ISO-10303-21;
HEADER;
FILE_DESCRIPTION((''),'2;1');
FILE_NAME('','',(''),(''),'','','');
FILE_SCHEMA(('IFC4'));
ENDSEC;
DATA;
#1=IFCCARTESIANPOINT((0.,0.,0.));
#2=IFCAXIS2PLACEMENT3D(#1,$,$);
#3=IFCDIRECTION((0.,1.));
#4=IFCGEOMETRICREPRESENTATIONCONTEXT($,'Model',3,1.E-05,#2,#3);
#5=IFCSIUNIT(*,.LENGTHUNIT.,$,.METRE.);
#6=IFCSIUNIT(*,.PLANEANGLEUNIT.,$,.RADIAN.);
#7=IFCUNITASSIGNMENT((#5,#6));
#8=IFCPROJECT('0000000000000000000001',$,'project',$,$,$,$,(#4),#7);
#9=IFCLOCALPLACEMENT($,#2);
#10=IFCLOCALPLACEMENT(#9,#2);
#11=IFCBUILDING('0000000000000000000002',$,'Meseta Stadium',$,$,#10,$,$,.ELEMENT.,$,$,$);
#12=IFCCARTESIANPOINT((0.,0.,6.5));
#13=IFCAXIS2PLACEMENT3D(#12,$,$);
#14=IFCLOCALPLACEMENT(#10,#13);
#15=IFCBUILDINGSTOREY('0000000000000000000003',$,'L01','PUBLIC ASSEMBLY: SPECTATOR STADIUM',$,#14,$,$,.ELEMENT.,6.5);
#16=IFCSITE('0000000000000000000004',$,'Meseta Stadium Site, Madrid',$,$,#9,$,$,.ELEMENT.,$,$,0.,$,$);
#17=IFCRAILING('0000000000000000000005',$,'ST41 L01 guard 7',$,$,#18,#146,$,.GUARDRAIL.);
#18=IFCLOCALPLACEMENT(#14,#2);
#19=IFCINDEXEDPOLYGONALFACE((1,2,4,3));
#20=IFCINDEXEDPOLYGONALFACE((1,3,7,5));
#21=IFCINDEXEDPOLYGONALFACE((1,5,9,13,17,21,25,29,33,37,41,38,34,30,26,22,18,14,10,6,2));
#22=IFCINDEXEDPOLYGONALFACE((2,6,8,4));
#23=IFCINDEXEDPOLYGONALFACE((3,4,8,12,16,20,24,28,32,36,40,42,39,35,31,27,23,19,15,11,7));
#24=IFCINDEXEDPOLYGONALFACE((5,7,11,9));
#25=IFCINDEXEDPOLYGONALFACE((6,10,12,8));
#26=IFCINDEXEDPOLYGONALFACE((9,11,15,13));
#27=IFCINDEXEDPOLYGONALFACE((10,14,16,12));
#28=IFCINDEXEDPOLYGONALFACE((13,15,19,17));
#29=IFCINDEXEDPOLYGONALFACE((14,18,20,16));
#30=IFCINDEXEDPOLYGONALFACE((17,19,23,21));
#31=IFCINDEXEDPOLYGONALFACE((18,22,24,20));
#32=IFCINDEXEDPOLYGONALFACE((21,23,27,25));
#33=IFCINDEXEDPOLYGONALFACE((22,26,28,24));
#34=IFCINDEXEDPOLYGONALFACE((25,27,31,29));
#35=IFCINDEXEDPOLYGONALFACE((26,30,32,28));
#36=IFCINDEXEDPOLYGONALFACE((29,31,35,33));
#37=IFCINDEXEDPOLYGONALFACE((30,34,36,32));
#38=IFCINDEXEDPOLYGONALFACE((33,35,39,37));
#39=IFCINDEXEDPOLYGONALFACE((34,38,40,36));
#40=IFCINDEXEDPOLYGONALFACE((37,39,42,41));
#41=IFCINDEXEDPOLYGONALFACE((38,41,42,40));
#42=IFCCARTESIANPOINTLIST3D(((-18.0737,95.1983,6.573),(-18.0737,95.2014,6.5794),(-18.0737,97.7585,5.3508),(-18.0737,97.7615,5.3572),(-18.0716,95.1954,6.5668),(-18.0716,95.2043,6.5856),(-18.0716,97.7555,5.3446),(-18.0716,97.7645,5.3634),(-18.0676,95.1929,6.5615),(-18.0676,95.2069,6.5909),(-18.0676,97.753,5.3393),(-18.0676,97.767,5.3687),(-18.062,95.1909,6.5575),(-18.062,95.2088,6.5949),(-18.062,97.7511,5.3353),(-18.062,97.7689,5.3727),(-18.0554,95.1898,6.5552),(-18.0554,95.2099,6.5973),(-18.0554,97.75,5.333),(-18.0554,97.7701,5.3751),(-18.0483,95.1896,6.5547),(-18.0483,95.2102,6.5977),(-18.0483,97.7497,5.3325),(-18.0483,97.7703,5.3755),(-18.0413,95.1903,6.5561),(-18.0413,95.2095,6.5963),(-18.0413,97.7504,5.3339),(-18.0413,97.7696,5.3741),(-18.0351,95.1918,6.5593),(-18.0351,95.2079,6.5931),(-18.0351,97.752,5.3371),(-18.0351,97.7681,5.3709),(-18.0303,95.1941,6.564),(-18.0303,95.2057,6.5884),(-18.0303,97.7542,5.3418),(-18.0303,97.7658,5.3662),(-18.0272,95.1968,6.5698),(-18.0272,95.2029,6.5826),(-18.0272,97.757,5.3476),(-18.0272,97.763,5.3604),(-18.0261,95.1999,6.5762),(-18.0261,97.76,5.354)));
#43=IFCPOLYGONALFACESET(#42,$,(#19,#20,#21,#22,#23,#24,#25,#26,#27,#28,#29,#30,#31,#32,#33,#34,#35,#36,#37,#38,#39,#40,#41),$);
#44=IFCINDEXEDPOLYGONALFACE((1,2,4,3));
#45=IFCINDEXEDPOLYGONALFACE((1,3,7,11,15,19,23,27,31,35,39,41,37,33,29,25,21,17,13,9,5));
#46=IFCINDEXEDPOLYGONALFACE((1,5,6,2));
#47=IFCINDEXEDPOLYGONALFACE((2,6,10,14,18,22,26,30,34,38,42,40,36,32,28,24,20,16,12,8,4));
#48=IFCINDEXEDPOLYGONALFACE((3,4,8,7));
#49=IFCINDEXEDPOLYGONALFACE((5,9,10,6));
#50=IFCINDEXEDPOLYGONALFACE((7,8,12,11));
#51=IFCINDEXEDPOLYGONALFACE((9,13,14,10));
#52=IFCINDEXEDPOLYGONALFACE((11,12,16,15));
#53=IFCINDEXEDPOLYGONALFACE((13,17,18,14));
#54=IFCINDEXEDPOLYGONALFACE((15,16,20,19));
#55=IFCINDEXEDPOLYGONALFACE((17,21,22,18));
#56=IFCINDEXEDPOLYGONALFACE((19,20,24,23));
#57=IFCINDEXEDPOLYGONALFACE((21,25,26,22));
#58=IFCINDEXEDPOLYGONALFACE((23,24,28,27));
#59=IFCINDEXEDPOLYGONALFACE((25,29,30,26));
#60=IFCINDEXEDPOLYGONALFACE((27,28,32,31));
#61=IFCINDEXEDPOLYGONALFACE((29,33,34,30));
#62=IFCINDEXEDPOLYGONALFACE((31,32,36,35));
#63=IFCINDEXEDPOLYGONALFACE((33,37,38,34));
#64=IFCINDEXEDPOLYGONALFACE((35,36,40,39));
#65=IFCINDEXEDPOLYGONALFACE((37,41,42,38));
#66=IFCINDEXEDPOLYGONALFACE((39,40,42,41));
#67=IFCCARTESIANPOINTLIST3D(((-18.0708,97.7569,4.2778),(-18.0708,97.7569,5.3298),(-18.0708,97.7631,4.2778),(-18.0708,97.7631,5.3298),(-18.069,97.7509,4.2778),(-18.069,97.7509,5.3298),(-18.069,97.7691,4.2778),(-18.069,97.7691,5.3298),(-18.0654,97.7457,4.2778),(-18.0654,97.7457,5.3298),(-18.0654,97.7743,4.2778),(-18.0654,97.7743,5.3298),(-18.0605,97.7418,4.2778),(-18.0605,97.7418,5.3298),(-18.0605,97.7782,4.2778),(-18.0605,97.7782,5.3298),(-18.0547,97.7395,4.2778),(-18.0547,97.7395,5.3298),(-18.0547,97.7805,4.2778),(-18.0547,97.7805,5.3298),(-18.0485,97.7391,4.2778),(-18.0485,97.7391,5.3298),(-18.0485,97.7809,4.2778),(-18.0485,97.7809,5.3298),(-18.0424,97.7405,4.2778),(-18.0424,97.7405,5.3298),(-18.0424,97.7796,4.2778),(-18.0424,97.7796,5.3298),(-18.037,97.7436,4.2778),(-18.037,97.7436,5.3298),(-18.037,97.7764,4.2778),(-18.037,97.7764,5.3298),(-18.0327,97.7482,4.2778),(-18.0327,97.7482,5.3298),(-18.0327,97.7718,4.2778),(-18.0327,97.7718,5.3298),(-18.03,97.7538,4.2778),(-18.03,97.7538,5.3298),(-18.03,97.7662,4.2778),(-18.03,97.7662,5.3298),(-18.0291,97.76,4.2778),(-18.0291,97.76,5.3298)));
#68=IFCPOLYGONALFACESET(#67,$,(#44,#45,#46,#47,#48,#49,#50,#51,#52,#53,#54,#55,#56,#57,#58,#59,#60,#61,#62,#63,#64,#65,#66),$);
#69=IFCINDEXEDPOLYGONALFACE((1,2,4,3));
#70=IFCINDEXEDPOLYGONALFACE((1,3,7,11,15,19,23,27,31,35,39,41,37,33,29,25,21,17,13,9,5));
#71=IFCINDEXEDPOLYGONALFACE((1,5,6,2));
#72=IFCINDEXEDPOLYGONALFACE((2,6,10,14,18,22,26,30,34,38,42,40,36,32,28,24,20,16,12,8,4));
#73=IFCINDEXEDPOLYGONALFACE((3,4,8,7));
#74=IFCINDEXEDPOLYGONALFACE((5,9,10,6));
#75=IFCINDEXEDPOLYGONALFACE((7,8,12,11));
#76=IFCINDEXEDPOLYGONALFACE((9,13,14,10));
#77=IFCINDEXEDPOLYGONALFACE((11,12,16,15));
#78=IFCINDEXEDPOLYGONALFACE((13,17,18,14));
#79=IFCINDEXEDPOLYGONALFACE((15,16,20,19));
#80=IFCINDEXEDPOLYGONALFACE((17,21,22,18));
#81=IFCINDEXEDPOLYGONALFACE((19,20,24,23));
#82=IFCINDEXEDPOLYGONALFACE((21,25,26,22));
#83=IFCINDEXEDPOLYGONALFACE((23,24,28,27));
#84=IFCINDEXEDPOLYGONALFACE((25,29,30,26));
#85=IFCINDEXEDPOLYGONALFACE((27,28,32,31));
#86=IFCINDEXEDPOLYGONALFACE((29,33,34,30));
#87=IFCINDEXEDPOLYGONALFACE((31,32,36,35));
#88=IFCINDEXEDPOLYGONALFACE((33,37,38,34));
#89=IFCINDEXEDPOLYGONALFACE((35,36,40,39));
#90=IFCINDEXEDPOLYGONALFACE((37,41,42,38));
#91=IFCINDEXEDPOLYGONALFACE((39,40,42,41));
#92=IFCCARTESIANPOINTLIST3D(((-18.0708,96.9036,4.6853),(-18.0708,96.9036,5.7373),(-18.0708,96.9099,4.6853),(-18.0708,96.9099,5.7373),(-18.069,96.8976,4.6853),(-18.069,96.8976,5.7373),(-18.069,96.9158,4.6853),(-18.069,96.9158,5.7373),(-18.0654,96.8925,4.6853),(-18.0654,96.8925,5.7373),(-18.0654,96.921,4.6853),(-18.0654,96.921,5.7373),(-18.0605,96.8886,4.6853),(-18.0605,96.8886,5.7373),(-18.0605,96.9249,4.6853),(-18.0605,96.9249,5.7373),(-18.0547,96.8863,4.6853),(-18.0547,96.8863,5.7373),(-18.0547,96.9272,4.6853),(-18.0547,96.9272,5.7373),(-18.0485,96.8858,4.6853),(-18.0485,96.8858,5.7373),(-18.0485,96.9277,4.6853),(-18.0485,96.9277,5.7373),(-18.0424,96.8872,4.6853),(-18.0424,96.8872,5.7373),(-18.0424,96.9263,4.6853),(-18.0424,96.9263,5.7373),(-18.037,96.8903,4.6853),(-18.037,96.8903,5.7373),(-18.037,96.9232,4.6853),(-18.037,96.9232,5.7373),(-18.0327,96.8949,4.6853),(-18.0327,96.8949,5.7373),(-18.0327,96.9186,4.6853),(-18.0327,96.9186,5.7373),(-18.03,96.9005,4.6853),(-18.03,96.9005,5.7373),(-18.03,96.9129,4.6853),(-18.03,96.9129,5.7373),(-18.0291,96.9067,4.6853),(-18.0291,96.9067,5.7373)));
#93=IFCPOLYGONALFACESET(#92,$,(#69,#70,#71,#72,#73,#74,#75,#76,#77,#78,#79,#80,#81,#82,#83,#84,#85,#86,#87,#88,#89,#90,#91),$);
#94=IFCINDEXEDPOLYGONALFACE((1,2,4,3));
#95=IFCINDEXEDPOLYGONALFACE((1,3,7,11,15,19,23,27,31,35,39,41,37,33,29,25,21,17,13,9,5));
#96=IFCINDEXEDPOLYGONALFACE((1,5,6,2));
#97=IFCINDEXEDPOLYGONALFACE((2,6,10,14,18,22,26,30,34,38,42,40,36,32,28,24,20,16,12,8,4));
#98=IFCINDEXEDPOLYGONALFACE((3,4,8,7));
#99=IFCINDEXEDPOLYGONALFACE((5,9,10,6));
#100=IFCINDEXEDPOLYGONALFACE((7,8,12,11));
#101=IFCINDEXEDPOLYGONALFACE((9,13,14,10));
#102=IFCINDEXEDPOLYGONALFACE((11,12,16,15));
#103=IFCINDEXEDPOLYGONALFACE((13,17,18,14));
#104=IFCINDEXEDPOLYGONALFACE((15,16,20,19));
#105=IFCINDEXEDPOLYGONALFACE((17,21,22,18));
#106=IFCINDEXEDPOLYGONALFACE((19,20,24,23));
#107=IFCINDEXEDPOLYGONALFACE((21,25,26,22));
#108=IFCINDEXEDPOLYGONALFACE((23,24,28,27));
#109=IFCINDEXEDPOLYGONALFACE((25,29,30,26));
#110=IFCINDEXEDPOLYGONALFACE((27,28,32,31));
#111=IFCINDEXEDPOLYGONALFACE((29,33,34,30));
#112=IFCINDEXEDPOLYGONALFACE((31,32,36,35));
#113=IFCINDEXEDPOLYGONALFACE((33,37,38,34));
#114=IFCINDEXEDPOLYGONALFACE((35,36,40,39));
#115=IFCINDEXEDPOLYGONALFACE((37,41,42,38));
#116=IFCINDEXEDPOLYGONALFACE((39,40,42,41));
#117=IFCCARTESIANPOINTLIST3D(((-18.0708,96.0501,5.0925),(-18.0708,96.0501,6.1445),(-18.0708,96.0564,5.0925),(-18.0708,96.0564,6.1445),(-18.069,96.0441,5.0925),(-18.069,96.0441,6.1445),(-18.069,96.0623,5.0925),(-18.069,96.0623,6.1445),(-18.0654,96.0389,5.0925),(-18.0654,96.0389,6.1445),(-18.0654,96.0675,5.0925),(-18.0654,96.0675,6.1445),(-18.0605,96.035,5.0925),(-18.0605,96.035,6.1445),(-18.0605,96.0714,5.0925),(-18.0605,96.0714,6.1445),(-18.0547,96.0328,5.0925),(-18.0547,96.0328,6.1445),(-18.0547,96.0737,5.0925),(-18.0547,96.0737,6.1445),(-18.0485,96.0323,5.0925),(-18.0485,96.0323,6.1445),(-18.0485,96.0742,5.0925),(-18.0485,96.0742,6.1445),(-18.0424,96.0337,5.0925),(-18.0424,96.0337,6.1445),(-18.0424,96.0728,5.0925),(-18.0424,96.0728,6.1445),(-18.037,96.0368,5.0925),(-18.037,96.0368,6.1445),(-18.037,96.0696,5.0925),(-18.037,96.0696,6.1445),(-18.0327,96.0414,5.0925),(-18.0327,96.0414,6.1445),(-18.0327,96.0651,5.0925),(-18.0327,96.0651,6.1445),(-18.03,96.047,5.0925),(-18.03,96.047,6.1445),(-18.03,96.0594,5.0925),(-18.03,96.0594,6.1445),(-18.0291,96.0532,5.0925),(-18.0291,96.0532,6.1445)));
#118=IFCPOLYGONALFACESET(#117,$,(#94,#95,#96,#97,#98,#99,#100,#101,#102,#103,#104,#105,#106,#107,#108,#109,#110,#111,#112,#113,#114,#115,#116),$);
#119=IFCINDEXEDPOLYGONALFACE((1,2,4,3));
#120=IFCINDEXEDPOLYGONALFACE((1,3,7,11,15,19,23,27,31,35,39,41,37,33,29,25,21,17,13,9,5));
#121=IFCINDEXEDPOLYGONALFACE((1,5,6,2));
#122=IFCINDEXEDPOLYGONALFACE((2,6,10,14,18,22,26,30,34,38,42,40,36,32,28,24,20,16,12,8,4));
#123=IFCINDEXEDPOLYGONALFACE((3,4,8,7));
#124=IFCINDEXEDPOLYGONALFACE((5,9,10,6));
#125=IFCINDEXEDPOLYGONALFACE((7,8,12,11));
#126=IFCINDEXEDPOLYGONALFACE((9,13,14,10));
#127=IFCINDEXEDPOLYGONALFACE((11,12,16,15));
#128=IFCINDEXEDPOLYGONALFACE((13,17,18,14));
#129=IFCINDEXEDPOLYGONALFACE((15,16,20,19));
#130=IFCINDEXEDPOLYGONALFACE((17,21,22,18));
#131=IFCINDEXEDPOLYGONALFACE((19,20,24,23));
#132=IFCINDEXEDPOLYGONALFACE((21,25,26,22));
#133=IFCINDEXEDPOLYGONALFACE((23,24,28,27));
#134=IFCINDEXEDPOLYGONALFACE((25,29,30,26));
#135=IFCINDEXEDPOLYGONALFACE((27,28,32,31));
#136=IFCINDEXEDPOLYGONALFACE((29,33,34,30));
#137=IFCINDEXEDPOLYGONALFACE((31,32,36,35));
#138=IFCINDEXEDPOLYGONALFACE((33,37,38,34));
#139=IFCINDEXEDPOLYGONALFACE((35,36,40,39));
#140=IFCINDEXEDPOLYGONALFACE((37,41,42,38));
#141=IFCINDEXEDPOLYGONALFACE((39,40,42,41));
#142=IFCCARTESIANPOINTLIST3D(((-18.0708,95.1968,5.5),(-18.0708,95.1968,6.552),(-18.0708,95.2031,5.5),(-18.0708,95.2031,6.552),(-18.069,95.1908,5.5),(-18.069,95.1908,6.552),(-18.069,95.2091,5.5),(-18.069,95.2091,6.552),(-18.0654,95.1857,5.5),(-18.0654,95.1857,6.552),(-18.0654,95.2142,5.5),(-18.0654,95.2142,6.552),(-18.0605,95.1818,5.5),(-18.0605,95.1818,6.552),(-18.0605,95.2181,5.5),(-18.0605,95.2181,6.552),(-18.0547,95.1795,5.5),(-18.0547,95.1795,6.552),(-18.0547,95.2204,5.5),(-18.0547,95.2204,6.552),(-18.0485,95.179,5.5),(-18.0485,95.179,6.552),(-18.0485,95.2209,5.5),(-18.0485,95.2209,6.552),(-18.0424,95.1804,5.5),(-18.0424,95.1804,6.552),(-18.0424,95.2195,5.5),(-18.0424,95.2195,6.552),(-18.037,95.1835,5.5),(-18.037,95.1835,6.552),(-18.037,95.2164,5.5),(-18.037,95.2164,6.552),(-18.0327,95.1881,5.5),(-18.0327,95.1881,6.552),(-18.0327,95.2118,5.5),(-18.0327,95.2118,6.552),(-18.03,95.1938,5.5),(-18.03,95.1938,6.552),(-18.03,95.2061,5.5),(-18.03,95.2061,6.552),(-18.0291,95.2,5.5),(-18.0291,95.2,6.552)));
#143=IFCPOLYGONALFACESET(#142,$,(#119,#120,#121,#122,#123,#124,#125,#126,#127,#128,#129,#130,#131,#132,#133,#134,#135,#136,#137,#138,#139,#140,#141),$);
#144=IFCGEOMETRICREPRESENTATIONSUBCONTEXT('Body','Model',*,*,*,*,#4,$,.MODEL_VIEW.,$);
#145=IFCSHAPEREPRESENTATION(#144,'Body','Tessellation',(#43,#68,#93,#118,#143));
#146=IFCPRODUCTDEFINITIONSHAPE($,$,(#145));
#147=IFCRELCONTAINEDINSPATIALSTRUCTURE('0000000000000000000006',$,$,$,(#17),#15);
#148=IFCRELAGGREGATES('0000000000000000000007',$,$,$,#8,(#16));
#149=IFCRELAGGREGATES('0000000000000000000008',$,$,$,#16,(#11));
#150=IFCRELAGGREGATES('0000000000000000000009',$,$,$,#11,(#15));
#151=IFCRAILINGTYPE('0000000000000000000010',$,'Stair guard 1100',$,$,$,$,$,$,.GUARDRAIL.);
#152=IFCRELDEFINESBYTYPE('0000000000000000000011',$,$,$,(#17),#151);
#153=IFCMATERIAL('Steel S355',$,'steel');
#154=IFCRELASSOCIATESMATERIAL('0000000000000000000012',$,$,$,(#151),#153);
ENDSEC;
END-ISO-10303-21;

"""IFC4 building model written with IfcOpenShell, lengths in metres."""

from ifc_helpers import new_model, si_unit, direction, frame, origin, origin_2d, place, context, subcontext, project, spatial, circle, extrude, material, type_object, element, save


model = new_model("IFC4")

# Units and contexts
model_context = context("Model", 3, precision=1e-05, world=origin(), true_north=direction((0.0, 1.0)))
body_context = subcontext(model_context, "Body", "Model", "MODEL_VIEW")
ifc_project = project(units=[si_unit("LENGTHUNIT", "METRE"), si_unit("PLANEANGLEUNIT", "RADIAN")], contexts=[model_context])

# Site, building, storey
site_placement = place(None, origin())
site = spatial("IfcSite", under=ifc_project, at=site_placement, Name="Meseta Stadium Site, Madrid", CompositionType="ELEMENT", RefElevation=0.0)
building_placement = place(site_placement, origin())
building = spatial("IfcBuilding", under=site, at=building_placement, Name="Meseta Stadium", CompositionType="ELEMENT")
storey_placement = place(building_placement, frame((0.0, 0.0, 6.5)))
storey = spatial("IfcBuildingStorey", under=building, at=storey_placement, Name="L01", Description="PUBLIC ASSEMBLY: SPECTATOR STADIUM", CompositionType="ELEMENT", Elevation=6.5)

# Railing
ifc_material_1 = material(Name="Steel S355", Category="steel")
railing_type_1 = type_object("IfcRailingType", Name="Stair guard 1100", PredefinedType="GUARDRAIL", material=ifc_material_1)
railing_1_placement = place(storey_placement, frame((-18.05, 97.76, 4.2778)))
element("IfcRailing", 1, at=railing_1_placement, inside=storey, type_object=railing_type_1, Name="ST41 L01 guard 7", PredefinedType="GUARDRAIL", context=body_context, shape_type="SweptSolid", body=[
    extrude(circle(Radius=0.0239, at=origin_2d()), frame((0.0, 0.0, 1.0762), z_axis=(0.0, -0.902437, 0.430822), x_axis=(1.0, 0.0, 0.0)), (0.0, 0.0, 1.0), 2.8369),
    extrude(circle(Radius=0.021, at=origin_2d()), origin(), (0.0, 0.0, 1.0), 1.052),
    extrude(circle(Radius=0.021, at=origin_2d()), frame((0.0, -0.8533, 0.4075)), (0.0, 0.0, 1.0), 1.052),
    extrude(circle(Radius=0.021, at=origin_2d()), frame((0.0, -1.7068, 0.8147)), (0.0, 0.0, 1.0), 1.052),
    extrude(circle(Radius=0.021, at=origin_2d()), frame((0.0, -2.5601, 1.2222)), (0.0, 0.0, 1.0), 1.052),
])

save(model, "model.ifc")
